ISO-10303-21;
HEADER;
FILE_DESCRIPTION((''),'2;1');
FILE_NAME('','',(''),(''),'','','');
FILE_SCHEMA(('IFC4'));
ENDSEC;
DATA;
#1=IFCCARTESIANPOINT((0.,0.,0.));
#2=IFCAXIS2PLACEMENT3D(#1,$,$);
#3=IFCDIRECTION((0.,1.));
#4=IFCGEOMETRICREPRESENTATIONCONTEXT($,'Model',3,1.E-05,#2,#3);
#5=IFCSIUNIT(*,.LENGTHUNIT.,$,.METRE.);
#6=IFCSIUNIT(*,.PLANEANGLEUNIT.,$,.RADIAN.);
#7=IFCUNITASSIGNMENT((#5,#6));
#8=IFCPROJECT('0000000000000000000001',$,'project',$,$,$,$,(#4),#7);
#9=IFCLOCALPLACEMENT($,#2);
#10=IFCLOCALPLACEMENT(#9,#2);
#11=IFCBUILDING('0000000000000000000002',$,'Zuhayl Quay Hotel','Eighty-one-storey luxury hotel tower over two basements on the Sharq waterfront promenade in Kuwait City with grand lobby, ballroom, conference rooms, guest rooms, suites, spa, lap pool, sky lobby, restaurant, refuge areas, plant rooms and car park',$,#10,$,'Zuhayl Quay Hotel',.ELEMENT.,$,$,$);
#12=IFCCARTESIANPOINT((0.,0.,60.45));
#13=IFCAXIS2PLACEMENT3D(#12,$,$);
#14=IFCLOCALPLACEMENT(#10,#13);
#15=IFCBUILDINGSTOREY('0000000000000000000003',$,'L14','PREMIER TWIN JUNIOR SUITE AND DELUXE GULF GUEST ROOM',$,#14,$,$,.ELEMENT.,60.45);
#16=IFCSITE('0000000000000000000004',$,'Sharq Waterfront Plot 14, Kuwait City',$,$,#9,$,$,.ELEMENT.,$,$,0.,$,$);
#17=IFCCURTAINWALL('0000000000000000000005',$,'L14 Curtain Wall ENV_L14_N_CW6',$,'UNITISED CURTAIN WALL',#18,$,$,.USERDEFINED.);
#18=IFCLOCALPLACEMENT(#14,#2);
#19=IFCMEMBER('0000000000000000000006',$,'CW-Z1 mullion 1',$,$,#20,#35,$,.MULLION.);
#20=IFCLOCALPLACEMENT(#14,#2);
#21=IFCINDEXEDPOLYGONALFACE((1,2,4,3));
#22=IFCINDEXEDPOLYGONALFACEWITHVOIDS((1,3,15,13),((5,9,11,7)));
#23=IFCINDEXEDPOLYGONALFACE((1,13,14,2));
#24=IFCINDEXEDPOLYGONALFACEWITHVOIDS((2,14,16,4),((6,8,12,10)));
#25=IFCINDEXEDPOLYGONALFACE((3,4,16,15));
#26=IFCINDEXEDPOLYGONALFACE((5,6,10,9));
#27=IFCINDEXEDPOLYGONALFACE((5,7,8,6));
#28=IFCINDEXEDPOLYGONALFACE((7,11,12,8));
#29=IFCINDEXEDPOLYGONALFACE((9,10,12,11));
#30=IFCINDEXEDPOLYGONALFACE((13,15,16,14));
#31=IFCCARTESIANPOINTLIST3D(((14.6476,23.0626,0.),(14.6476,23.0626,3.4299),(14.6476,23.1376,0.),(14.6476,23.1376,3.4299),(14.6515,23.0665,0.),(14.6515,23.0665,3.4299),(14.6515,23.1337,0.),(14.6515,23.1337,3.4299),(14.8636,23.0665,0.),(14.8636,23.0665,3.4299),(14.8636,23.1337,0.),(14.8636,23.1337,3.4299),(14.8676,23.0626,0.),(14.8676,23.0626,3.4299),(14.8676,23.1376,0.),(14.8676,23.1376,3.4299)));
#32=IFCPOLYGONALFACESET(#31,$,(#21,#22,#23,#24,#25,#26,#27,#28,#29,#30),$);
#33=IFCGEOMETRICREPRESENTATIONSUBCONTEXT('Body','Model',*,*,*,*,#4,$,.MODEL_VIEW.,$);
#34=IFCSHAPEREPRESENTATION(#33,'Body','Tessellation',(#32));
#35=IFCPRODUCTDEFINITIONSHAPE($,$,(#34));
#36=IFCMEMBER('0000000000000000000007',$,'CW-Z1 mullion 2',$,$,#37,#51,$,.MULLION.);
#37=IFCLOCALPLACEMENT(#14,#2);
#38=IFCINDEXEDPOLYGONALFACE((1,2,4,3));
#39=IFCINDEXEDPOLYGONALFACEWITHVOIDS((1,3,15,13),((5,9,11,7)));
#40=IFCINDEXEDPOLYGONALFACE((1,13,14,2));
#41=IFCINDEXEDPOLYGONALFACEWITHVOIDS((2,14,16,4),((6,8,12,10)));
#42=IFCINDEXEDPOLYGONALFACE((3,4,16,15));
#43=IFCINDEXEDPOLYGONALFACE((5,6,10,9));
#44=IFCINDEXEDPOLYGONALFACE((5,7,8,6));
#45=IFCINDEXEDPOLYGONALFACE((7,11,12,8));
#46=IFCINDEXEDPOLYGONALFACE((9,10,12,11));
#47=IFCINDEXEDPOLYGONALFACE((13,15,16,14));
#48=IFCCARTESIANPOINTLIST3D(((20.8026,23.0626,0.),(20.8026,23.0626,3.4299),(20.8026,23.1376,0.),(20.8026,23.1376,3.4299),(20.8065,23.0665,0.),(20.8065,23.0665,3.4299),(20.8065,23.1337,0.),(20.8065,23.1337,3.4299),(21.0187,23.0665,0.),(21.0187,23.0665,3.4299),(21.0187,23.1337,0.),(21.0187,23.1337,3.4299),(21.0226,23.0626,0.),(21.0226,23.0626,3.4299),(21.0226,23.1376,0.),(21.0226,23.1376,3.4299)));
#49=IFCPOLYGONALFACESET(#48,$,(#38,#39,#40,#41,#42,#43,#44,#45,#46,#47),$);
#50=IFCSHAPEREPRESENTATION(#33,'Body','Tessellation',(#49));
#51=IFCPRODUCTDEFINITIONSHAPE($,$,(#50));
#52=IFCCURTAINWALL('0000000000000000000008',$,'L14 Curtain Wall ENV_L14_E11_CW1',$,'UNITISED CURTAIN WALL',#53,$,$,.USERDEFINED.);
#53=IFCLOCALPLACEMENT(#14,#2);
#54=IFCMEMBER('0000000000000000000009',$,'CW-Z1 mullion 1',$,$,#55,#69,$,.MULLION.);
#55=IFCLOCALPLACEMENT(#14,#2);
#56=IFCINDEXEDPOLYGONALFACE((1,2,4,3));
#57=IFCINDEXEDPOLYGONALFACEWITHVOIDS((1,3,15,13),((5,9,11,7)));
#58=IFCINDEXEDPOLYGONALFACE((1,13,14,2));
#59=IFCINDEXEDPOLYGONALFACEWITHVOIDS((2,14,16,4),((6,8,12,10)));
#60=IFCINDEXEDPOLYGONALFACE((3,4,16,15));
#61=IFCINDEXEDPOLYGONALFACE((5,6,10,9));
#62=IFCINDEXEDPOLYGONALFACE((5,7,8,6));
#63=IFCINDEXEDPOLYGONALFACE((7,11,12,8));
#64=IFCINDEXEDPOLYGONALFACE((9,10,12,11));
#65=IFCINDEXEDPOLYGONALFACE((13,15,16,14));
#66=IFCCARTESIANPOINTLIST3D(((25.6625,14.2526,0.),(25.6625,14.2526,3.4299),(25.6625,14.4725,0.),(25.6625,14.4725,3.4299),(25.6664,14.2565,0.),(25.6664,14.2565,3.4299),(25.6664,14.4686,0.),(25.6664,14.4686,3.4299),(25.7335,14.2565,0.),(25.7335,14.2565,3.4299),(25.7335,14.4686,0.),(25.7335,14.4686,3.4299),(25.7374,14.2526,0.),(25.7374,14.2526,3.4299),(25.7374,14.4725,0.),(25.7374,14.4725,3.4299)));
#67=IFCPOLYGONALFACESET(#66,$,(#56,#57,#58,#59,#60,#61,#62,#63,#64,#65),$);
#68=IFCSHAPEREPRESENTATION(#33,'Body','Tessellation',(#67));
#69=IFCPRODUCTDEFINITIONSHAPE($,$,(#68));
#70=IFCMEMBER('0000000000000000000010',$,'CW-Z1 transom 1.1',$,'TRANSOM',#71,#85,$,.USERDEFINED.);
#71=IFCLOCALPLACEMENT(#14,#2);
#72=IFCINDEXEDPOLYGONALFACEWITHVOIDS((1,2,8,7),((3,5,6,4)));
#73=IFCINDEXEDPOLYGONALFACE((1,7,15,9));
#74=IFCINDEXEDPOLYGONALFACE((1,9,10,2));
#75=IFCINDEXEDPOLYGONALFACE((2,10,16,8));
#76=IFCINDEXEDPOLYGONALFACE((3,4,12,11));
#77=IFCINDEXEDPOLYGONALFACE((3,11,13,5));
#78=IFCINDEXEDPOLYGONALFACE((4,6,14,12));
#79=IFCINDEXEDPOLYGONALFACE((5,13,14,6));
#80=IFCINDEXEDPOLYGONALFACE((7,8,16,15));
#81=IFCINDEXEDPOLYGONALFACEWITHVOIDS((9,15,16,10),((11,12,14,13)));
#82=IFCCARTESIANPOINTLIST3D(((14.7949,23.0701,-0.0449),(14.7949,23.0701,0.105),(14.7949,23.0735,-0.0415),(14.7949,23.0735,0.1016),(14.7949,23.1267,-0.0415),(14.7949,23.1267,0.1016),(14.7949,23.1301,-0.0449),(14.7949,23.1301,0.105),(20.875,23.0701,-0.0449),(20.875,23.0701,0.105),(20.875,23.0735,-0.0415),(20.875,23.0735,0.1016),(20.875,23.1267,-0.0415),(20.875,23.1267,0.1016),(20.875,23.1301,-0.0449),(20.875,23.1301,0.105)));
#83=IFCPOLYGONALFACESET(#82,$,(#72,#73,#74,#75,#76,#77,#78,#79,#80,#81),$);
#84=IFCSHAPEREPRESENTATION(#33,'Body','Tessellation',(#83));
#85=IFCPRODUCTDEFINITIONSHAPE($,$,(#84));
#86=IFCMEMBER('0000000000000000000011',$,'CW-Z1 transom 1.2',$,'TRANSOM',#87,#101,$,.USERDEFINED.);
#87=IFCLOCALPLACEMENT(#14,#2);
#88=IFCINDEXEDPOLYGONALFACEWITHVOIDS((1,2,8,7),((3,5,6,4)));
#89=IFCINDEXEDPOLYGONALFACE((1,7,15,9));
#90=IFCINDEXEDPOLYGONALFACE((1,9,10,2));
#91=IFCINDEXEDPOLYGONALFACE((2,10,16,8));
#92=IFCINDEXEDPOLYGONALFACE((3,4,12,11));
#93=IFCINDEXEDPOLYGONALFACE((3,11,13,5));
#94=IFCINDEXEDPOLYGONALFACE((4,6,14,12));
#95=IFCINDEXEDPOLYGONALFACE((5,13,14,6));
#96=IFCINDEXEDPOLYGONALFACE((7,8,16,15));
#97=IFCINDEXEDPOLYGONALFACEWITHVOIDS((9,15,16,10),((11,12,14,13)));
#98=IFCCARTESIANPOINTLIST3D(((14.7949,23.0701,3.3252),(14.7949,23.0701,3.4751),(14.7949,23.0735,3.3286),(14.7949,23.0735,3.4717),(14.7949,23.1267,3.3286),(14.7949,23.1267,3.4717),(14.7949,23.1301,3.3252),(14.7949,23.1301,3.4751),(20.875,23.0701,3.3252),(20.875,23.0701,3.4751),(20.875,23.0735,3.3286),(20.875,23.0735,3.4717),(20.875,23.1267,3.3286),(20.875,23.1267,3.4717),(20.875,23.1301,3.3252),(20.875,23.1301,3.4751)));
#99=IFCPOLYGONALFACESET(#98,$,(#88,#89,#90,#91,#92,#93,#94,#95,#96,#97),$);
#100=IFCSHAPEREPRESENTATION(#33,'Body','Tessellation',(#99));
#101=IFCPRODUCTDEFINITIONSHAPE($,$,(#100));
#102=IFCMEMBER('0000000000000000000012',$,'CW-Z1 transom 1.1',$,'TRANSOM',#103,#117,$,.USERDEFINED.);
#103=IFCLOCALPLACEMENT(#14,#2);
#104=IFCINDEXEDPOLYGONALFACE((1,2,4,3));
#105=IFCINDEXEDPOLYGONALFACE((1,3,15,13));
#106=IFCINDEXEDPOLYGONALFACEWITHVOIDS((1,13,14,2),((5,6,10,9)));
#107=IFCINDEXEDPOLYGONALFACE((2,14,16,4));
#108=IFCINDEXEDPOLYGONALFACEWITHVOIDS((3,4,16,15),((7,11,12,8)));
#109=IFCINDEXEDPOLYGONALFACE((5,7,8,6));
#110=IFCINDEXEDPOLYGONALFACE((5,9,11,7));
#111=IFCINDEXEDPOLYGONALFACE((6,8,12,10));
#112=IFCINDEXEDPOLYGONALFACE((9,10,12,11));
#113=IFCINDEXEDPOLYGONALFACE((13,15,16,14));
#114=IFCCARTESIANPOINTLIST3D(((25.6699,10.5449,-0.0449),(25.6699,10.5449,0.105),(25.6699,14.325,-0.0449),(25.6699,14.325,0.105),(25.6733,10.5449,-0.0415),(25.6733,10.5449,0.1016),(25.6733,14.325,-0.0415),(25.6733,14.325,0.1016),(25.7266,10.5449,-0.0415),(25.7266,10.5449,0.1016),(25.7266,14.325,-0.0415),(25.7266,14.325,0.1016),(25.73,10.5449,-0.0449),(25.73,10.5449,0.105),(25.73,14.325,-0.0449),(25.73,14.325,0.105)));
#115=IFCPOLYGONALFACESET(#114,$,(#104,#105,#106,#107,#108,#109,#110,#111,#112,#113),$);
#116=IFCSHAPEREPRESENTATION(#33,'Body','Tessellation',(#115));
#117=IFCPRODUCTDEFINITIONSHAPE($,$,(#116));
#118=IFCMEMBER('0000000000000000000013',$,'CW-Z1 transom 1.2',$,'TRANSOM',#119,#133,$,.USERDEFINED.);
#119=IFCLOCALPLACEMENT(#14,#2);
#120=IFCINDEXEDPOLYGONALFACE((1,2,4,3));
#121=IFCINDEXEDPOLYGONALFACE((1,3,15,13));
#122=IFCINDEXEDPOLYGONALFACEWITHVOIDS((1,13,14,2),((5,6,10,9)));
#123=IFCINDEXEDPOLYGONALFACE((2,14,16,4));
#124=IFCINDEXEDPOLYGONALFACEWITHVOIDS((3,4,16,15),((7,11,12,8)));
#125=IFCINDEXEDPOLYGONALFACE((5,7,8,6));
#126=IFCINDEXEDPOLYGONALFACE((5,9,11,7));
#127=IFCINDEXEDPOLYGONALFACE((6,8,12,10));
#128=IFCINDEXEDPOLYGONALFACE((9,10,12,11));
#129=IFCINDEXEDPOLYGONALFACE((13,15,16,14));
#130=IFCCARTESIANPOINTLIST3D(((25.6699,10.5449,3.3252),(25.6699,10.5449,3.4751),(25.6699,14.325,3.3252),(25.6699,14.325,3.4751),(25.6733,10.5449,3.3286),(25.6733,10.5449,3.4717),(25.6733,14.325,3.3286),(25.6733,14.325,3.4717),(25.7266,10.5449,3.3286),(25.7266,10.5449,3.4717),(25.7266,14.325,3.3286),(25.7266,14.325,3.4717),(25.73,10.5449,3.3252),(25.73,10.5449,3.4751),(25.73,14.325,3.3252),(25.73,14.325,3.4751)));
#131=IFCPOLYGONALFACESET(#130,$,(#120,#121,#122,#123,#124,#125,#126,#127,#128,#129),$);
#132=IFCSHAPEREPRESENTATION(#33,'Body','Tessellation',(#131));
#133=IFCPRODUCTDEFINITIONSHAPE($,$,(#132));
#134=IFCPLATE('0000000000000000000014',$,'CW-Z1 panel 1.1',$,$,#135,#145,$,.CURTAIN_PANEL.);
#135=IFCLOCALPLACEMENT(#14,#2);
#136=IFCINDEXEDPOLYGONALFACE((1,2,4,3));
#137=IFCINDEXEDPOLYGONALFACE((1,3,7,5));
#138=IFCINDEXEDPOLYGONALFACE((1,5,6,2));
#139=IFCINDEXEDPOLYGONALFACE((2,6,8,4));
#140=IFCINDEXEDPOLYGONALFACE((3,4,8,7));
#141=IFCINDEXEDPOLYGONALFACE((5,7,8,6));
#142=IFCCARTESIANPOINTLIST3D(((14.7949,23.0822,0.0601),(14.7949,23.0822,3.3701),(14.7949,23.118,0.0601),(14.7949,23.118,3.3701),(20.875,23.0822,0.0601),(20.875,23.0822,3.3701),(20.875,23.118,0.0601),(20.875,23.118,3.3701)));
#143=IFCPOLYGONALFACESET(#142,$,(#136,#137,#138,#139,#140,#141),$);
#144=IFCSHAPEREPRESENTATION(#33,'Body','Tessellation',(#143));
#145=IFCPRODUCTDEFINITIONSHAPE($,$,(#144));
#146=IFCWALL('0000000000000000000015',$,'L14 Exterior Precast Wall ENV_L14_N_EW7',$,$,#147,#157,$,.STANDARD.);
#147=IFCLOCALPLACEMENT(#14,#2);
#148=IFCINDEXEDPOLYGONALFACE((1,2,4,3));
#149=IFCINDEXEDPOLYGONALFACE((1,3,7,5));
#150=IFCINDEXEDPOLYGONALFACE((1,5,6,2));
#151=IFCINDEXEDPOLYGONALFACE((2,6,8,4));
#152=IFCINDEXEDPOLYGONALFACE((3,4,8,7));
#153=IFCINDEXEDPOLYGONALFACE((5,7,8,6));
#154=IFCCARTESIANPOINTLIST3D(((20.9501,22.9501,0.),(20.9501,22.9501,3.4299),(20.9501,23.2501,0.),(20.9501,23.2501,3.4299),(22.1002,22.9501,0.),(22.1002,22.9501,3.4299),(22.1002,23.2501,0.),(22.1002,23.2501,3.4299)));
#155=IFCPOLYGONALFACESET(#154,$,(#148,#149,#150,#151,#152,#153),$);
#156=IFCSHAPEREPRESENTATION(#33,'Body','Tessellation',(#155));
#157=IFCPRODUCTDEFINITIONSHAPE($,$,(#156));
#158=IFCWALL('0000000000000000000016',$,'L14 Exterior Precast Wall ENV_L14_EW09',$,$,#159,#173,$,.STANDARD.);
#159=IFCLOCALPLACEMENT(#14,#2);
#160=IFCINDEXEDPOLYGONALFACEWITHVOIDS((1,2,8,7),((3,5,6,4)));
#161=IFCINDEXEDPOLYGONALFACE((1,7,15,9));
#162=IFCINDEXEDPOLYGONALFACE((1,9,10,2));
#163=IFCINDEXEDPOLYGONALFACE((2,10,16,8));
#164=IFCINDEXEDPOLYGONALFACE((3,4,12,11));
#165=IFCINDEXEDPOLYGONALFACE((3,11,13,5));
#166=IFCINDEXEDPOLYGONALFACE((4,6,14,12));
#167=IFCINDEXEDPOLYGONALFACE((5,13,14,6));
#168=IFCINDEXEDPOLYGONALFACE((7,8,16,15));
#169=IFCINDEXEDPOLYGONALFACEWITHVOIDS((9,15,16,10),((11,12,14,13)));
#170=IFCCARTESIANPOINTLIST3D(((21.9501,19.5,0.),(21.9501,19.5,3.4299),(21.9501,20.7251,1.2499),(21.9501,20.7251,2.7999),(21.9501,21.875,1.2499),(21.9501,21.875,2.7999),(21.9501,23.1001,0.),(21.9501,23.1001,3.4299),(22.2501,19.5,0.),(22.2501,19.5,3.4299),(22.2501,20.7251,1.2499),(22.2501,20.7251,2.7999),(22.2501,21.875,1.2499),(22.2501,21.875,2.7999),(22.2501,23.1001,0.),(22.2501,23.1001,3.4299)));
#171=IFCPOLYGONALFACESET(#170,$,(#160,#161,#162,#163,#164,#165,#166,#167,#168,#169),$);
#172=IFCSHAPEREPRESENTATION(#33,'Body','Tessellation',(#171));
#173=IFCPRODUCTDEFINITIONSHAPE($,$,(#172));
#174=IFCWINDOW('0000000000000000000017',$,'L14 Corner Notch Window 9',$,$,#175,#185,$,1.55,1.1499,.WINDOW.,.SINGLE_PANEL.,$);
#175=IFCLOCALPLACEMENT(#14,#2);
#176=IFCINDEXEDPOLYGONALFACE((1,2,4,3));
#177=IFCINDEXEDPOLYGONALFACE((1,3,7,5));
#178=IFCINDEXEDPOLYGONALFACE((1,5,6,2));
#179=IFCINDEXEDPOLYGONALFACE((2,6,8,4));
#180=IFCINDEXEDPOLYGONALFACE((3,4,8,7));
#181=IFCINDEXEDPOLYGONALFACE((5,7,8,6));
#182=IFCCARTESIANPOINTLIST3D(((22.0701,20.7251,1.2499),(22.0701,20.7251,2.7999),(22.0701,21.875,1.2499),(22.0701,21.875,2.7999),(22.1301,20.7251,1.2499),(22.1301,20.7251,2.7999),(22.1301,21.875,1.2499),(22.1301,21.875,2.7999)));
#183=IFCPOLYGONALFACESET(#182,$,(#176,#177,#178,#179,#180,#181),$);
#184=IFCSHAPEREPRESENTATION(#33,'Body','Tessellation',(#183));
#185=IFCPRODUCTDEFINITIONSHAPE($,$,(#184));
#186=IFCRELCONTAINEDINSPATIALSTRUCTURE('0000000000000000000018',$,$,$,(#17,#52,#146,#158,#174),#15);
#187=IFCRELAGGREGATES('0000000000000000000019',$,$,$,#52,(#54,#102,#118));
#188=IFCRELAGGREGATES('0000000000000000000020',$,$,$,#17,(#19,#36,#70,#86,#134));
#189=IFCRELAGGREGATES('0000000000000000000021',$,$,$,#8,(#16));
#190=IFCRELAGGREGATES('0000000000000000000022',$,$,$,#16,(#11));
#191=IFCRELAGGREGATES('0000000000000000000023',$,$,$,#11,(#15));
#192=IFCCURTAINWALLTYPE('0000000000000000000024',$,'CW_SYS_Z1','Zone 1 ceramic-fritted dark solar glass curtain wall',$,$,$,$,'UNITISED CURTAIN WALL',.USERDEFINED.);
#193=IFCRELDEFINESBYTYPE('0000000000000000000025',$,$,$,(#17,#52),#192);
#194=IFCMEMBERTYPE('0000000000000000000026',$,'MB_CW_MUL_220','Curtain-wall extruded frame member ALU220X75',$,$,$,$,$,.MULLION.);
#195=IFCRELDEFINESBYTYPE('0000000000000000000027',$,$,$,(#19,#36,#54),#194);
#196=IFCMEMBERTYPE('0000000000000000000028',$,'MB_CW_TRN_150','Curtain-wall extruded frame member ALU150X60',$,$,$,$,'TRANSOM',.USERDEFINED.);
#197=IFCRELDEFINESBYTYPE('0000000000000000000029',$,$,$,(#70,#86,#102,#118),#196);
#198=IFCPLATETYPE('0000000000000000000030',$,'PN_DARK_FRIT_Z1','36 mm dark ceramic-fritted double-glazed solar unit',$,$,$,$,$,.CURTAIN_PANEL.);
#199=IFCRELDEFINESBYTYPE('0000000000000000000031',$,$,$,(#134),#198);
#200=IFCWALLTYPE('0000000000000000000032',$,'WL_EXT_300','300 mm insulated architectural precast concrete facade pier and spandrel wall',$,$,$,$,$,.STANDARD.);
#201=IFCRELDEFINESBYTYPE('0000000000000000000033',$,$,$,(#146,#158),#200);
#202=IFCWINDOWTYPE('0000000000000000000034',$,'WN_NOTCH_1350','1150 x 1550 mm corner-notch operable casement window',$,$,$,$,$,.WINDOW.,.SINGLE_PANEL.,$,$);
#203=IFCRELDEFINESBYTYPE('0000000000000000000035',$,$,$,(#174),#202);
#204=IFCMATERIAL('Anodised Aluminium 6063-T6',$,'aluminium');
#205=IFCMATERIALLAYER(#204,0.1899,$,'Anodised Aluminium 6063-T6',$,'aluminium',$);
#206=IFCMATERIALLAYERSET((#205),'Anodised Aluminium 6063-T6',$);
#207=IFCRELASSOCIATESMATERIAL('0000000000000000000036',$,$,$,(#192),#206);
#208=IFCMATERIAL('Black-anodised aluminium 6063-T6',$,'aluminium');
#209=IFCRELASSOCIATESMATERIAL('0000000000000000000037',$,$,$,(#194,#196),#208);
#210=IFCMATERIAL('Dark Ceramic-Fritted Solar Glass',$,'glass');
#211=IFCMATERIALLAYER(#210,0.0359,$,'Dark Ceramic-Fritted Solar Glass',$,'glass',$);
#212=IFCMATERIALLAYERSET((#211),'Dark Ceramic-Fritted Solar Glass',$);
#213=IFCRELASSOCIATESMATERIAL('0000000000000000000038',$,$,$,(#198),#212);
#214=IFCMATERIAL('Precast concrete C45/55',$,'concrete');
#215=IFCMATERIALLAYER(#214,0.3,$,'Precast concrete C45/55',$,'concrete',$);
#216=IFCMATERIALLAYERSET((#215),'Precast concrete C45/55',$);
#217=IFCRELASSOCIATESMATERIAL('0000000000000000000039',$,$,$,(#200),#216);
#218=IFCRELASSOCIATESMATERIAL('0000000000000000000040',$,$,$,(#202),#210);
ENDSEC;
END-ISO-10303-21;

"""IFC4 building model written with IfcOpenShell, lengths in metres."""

from ifc_helpers import new_model, si_unit, direction, frame, frame_2d, origin, origin_2d, place, context, subcontext, project, spatial, rectangle, hollow_rectangle, extrude, material, layer, layer_set, material_profile, profile_set, type_object, element, fill, aggregate, save


model = new_model("IFC4")

# Units and contexts
model_context = context("Model", 3, precision=1e-05, world=origin(), true_north=direction((0.0, 1.0)))
body_context = subcontext(model_context, "Body", "Model", "MODEL_VIEW")
ifc_project = project(units=[si_unit("LENGTHUNIT", "METRE"), si_unit("PLANEANGLEUNIT", "RADIAN")], contexts=[model_context])

# Site, building, storey
site_placement = place(None, origin())
site = spatial("IfcSite", under=ifc_project, at=site_placement, Name="Sharq Waterfront Plot 14, Kuwait City", CompositionType="ELEMENT", RefElevation=0.0)
building_placement = place(site_placement, origin())
building = spatial("IfcBuilding", under=site, at=building_placement, Name="Zuhayl Quay Hotel", Description="Eighty-one-storey luxury hotel tower over two basements on the Sharq waterfront promenade in Kuwait City with grand lobby, ballroom, conference rooms, guest rooms, suites, spa, lap pool, sky lobby, restaurant, refuge areas, plant rooms and car park", LongName="Zuhayl Quay Hotel", CompositionType="ELEMENT")
storey_placement = place(building_placement, frame((0.0, 0.0, 60.45)))
storey = spatial("IfcBuildingStorey", under=building, at=storey_placement, Name="L14", Description="PREMIER TWIN JUNIOR SUITE AND DELUXE GULF GUEST ROOM", CompositionType="ELEMENT", Elevation=60.45)

# Curtain wall, members
ifc_material_1 = material(Name="Anodised Aluminium 6063-T6", Category="aluminium")
ifc_layer_1 = layer(ifc_material_1, 0.1899, Name="Anodised Aluminium 6063-T6", Category="aluminium")
ifc_layer_set_1 = layer_set([ifc_layer_1], Name="Anodised Aluminium 6063-T6")
curtain_wall_type = type_object("IfcCurtainWallType", Name="CW_SYS_Z1", Description="Zone 1 ceramic-fritted dark solar glass curtain wall", ElementType="UNITISED CURTAIN WALL", PredefinedType="USERDEFINED", material=ifc_layer_set_1)
curtain_wall_1_placement = place(storey_placement, origin())
curtain_wall_1 = element("IfcCurtainWall", 1, at=curtain_wall_1_placement, inside=storey, type_object=curtain_wall_type, Name="L14 Curtain Wall ENV_L14_N_CW6", ObjectType="UNITISED CURTAIN WALL", PredefinedType="USERDEFINED")
ifc_material_2 = material(Name="Black-anodised aluminium 6063-T6", Category="aluminium")
ifc_material_profile_1 = material_profile(ifc_material_2, hollow_rectangle(XDim=0.075, YDim=0.22, WallThickness=0.0039, at=origin_2d()), Name="ALU220X75")
ifc_profile_set_1 = profile_set([ifc_material_profile_1], Name="Black-anodised aluminium 6063-T6")
member_type_1 = type_object("IfcMemberType", Name="MB_CW_MUL_220", Description="Curtain-wall extruded frame member ALU220X75", PredefinedType="MULLION", material=ifc_profile_set_1)
member_1_placement = place(storey_placement, frame((14.7576, 23.1001, 0.0), z_axis=(0.0, 0.0, 1.0), x_axis=(0.0, 1.0, 0.0)))
member_1 = element("IfcMember", 2, at=member_1_placement, type_object=member_type_1, Name="CW-Z1 mullion 1", PredefinedType="MULLION", context=body_context, shape_type="SweptSolid", body=[
    extrude(hollow_rectangle(XDim=0.075, YDim=0.22, WallThickness=0.0039, at=origin_2d()), origin(), (0.0, 0.0, 1.0), 3.4299),
])
member_2_placement = place(storey_placement, frame((20.9126, 23.1001, 0.0), z_axis=(0.0, 0.0, 1.0), x_axis=(0.0, 1.0, 0.0)))
member_2 = element("IfcMember", 3, at=member_2_placement, type_object=member_type_1, Name="CW-Z1 mullion 2", PredefinedType="MULLION", context=body_context, shape_type="SweptSolid", body=[
    extrude(hollow_rectangle(XDim=0.075, YDim=0.22, WallThickness=0.0039, at=origin_2d()), origin(), (0.0, 0.0, 1.0), 3.4299),
])

# Curtain wall, member
curtain_wall_2_placement = place(storey_placement, origin())
curtain_wall_2 = element("IfcCurtainWall", 4, at=curtain_wall_2_placement, inside=storey, type_object=curtain_wall_type, Name="L14 Curtain Wall ENV_L14_E11_CW1", ObjectType="UNITISED CURTAIN WALL", PredefinedType="USERDEFINED")
member_3_placement = place(storey_placement, frame((25.7, 14.3625, 0.0), z_axis=(0.0, 0.0, 1.0), x_axis=(1.0, 0.0, 0.0)))
member_3 = element("IfcMember", 5, at=member_3_placement, type_object=member_type_1, Name="CW-Z1 mullion 1", PredefinedType="MULLION", context=body_context, shape_type="SweptSolid", body=[
    extrude(hollow_rectangle(XDim=0.075, YDim=0.22, WallThickness=0.0039, at=origin_2d()), origin(), (0.0, 0.0, 1.0), 3.4299),
])

# Members
ifc_material_profile_2 = material_profile(ifc_material_2, hollow_rectangle(XDim=0.0601, YDim=0.1499, WallThickness=0.0034, at=origin_2d()), Name="ALU150X60")
ifc_profile_set_2 = profile_set([ifc_material_profile_2], Name="Black-anodised aluminium 6063-T6")
member_type_2 = type_object("IfcMemberType", Name="MB_CW_TRN_150", Description="Curtain-wall extruded frame member ALU150X60", ElementType="TRANSOM", PredefinedType="USERDEFINED", material=ifc_profile_set_2)
member_4_placement = place(storey_placement, frame((14.7949, 23.1001, 0.03), z_axis=(1.0, 0.0, 0.0), x_axis=(0.0, 1.0, 0.0)))
member_4 = element("IfcMember", 6, at=member_4_placement, type_object=member_type_2, Name="CW-Z1 transom 1.1", ObjectType="TRANSOM", PredefinedType="USERDEFINED", context=body_context, shape_type="SweptSolid", body=[
    extrude(hollow_rectangle(XDim=0.0601, YDim=0.1499, WallThickness=0.0034, at=origin_2d()), origin(), (0.0, 0.0, 1.0), 6.0801),
])
member_5_placement = place(storey_placement, frame((14.7949, 23.1001, 3.4001), z_axis=(1.0, 0.0, 0.0), x_axis=(0.0, 1.0, 0.0)))
member_5 = element("IfcMember", 7, at=member_5_placement, type_object=member_type_2, Name="CW-Z1 transom 1.2", ObjectType="TRANSOM", PredefinedType="USERDEFINED", context=body_context, shape_type="SweptSolid", body=[
    extrude(hollow_rectangle(XDim=0.0601, YDim=0.1499, WallThickness=0.0034, at=origin_2d()), origin(), (0.0, 0.0, 1.0), 6.0801),
])
member_6_placement = place(storey_placement, frame((25.7, 14.325, 0.03), z_axis=(0.0, -1.0, 0.0), x_axis=(1.0, 0.0, 0.0)))
member_6 = element("IfcMember", 8, at=member_6_placement, type_object=member_type_2, Name="CW-Z1 transom 1.1", ObjectType="TRANSOM", PredefinedType="USERDEFINED", context=body_context, shape_type="SweptSolid", body=[
    extrude(hollow_rectangle(XDim=0.0601, YDim=0.1499, WallThickness=0.0034, at=origin_2d()), origin(), (0.0, 0.0, 1.0), 3.78),
])
member_7_placement = place(storey_placement, frame((25.7, 14.325, 3.4001), z_axis=(0.0, -1.0, 0.0), x_axis=(1.0, 0.0, 0.0)))
member_7 = element("IfcMember", 9, at=member_7_placement, type_object=member_type_2, Name="CW-Z1 transom 1.2", ObjectType="TRANSOM", PredefinedType="USERDEFINED", context=body_context, shape_type="SweptSolid", body=[
    extrude(hollow_rectangle(XDim=0.0601, YDim=0.1499, WallThickness=0.0034, at=origin_2d()), origin(), (0.0, 0.0, 1.0), 3.78),
])
aggregate(curtain_wall_2, [member_3, member_6, member_7])

# Plate
ifc_material_3 = material(Name="Dark Ceramic-Fritted Solar Glass", Category="glass")
ifc_layer_2 = layer(ifc_material_3, 0.0359, Name="Dark Ceramic-Fritted Solar Glass", Category="glass")
ifc_layer_set_2 = layer_set([ifc_layer_2], Name="Dark Ceramic-Fritted Solar Glass")
plate_type = type_object("IfcPlateType", Name="PN_DARK_FRIT_Z1", Description="36 mm dark ceramic-fritted double-glazed solar unit", PredefinedType="CURTAIN_PANEL", material=ifc_layer_set_2)
plate_placement = place(storey_placement, frame((17.835, 23.1001, 0.0601), z_axis=(0.0, 0.0, 1.0), x_axis=(1.0, 0.0, 0.0)))
plate = element("IfcPlate", 10, at=plate_placement, type_object=plate_type, Name="CW-Z1 panel 1.1", PredefinedType="CURTAIN_PANEL", context=body_context, shape_type="SweptSolid", body=[
    extrude(rectangle(XDim=6.0801, YDim=0.0359, at=origin_2d()), origin(), (0.0, 0.0, 1.0), 3.3101),
])
aggregate(curtain_wall_1, [member_1, member_2, member_4, member_5, plate])

# Wall
ifc_material_4 = material(Name="Precast concrete C45/55", Category="concrete")
ifc_layer_3 = layer(ifc_material_4, 0.3, Name="Precast concrete C45/55", Category="concrete")
ifc_layer_set_3 = layer_set([ifc_layer_3], Name="Precast concrete C45/55")
wall_type_1 = type_object("IfcWallType", Name="WL_EXT_300", Description="300 mm insulated architectural precast concrete facade pier and spandrel wall", PredefinedType="STANDARD", material=ifc_layer_set_3)
wall_1_placement = place(storey_placement, frame((20.95, 23.1001, 0.0), z_axis=(0.0, 0.0, 1.0), x_axis=(1.0, 0.0, 0.0)))
element("IfcWall", 11, at=wall_1_placement, inside=storey, type_object=wall_type_1, Name="L14 Exterior Precast Wall ENV_L14_N_EW7", PredefinedType="STANDARD", context=body_context, shape_type="SweptSolid", body=[
    extrude(rectangle(XDim=1.1501, YDim=0.3, at=frame_2d((0.5752, 0.0))), origin(), (0.0, 0.0, 1.0), 3.4299),
])

# Wall, opening, window
wall_2_placement = place(storey_placement, frame((22.1001, 23.1001, 0.0), z_axis=(0.0, 0.0, 1.0), x_axis=(0.0, -1.0, 0.0)))
wall_2 = element("IfcWall", 12, at=wall_2_placement, inside=storey, type_object=wall_type_1, Name="L14 Exterior Precast Wall ENV_L14_EW09", PredefinedType="STANDARD", context=body_context, shape_type="SweptSolid", body=[
    extrude(rectangle(XDim=3.6001, YDim=0.3, at=frame_2d((1.8, 0.0))), origin(), (0.0, 0.0, 1.0), 3.4299),
])
opening_1_placement = place(wall_2_placement, frame((1.2251, 0.0, 1.25)))
opening_1 = element("IfcOpeningElement", 13, at=opening_1_placement, cuts=wall_2, PredefinedType="OPENING", context=body_context, shape_type="SweptSolid", body=[
    extrude(rectangle(XDim=1.1499, YDim=1.55, at=frame_2d((0.575, 0.7749))), frame((0.0, 0.1599, 0.0), z_axis=(0.0, -1.0, 0.0), x_axis=(1.0, 0.0, 0.0)), (0.0, 0.0, 1.0), 0.3201),
])
window_type_1 = type_object("IfcWindowType", Name="WN_NOTCH_1350", Description="1150 x 1550 mm corner-notch operable casement window", PartitioningType="SINGLE_PANEL", PredefinedType="WINDOW", material=ifc_material_3)
window_1_placement = place(opening_1_placement, origin())
window_1 = element("IfcWindow", 14, at=window_1_placement, inside=storey, type_object=window_type_1, Name="L14 Corner Notch Window 9", OverallHeight=1.55, OverallWidth=1.1499, PartitioningType="SINGLE_PANEL", PredefinedType="WINDOW", context=body_context, shape_type="SweptSolid", body=[
    extrude(rectangle(XDim=1.1499, YDim=1.55, at=frame_2d((0.575, 0.7749))), frame((0.0, 0.03, 0.0), z_axis=(0.0, -1.0, 0.0), x_axis=(1.0, 0.0, 0.0)), (0.0, 0.0, 1.0), 0.0601),
])
fill(opening_1, window_1)

save(model, "model.ifc")
